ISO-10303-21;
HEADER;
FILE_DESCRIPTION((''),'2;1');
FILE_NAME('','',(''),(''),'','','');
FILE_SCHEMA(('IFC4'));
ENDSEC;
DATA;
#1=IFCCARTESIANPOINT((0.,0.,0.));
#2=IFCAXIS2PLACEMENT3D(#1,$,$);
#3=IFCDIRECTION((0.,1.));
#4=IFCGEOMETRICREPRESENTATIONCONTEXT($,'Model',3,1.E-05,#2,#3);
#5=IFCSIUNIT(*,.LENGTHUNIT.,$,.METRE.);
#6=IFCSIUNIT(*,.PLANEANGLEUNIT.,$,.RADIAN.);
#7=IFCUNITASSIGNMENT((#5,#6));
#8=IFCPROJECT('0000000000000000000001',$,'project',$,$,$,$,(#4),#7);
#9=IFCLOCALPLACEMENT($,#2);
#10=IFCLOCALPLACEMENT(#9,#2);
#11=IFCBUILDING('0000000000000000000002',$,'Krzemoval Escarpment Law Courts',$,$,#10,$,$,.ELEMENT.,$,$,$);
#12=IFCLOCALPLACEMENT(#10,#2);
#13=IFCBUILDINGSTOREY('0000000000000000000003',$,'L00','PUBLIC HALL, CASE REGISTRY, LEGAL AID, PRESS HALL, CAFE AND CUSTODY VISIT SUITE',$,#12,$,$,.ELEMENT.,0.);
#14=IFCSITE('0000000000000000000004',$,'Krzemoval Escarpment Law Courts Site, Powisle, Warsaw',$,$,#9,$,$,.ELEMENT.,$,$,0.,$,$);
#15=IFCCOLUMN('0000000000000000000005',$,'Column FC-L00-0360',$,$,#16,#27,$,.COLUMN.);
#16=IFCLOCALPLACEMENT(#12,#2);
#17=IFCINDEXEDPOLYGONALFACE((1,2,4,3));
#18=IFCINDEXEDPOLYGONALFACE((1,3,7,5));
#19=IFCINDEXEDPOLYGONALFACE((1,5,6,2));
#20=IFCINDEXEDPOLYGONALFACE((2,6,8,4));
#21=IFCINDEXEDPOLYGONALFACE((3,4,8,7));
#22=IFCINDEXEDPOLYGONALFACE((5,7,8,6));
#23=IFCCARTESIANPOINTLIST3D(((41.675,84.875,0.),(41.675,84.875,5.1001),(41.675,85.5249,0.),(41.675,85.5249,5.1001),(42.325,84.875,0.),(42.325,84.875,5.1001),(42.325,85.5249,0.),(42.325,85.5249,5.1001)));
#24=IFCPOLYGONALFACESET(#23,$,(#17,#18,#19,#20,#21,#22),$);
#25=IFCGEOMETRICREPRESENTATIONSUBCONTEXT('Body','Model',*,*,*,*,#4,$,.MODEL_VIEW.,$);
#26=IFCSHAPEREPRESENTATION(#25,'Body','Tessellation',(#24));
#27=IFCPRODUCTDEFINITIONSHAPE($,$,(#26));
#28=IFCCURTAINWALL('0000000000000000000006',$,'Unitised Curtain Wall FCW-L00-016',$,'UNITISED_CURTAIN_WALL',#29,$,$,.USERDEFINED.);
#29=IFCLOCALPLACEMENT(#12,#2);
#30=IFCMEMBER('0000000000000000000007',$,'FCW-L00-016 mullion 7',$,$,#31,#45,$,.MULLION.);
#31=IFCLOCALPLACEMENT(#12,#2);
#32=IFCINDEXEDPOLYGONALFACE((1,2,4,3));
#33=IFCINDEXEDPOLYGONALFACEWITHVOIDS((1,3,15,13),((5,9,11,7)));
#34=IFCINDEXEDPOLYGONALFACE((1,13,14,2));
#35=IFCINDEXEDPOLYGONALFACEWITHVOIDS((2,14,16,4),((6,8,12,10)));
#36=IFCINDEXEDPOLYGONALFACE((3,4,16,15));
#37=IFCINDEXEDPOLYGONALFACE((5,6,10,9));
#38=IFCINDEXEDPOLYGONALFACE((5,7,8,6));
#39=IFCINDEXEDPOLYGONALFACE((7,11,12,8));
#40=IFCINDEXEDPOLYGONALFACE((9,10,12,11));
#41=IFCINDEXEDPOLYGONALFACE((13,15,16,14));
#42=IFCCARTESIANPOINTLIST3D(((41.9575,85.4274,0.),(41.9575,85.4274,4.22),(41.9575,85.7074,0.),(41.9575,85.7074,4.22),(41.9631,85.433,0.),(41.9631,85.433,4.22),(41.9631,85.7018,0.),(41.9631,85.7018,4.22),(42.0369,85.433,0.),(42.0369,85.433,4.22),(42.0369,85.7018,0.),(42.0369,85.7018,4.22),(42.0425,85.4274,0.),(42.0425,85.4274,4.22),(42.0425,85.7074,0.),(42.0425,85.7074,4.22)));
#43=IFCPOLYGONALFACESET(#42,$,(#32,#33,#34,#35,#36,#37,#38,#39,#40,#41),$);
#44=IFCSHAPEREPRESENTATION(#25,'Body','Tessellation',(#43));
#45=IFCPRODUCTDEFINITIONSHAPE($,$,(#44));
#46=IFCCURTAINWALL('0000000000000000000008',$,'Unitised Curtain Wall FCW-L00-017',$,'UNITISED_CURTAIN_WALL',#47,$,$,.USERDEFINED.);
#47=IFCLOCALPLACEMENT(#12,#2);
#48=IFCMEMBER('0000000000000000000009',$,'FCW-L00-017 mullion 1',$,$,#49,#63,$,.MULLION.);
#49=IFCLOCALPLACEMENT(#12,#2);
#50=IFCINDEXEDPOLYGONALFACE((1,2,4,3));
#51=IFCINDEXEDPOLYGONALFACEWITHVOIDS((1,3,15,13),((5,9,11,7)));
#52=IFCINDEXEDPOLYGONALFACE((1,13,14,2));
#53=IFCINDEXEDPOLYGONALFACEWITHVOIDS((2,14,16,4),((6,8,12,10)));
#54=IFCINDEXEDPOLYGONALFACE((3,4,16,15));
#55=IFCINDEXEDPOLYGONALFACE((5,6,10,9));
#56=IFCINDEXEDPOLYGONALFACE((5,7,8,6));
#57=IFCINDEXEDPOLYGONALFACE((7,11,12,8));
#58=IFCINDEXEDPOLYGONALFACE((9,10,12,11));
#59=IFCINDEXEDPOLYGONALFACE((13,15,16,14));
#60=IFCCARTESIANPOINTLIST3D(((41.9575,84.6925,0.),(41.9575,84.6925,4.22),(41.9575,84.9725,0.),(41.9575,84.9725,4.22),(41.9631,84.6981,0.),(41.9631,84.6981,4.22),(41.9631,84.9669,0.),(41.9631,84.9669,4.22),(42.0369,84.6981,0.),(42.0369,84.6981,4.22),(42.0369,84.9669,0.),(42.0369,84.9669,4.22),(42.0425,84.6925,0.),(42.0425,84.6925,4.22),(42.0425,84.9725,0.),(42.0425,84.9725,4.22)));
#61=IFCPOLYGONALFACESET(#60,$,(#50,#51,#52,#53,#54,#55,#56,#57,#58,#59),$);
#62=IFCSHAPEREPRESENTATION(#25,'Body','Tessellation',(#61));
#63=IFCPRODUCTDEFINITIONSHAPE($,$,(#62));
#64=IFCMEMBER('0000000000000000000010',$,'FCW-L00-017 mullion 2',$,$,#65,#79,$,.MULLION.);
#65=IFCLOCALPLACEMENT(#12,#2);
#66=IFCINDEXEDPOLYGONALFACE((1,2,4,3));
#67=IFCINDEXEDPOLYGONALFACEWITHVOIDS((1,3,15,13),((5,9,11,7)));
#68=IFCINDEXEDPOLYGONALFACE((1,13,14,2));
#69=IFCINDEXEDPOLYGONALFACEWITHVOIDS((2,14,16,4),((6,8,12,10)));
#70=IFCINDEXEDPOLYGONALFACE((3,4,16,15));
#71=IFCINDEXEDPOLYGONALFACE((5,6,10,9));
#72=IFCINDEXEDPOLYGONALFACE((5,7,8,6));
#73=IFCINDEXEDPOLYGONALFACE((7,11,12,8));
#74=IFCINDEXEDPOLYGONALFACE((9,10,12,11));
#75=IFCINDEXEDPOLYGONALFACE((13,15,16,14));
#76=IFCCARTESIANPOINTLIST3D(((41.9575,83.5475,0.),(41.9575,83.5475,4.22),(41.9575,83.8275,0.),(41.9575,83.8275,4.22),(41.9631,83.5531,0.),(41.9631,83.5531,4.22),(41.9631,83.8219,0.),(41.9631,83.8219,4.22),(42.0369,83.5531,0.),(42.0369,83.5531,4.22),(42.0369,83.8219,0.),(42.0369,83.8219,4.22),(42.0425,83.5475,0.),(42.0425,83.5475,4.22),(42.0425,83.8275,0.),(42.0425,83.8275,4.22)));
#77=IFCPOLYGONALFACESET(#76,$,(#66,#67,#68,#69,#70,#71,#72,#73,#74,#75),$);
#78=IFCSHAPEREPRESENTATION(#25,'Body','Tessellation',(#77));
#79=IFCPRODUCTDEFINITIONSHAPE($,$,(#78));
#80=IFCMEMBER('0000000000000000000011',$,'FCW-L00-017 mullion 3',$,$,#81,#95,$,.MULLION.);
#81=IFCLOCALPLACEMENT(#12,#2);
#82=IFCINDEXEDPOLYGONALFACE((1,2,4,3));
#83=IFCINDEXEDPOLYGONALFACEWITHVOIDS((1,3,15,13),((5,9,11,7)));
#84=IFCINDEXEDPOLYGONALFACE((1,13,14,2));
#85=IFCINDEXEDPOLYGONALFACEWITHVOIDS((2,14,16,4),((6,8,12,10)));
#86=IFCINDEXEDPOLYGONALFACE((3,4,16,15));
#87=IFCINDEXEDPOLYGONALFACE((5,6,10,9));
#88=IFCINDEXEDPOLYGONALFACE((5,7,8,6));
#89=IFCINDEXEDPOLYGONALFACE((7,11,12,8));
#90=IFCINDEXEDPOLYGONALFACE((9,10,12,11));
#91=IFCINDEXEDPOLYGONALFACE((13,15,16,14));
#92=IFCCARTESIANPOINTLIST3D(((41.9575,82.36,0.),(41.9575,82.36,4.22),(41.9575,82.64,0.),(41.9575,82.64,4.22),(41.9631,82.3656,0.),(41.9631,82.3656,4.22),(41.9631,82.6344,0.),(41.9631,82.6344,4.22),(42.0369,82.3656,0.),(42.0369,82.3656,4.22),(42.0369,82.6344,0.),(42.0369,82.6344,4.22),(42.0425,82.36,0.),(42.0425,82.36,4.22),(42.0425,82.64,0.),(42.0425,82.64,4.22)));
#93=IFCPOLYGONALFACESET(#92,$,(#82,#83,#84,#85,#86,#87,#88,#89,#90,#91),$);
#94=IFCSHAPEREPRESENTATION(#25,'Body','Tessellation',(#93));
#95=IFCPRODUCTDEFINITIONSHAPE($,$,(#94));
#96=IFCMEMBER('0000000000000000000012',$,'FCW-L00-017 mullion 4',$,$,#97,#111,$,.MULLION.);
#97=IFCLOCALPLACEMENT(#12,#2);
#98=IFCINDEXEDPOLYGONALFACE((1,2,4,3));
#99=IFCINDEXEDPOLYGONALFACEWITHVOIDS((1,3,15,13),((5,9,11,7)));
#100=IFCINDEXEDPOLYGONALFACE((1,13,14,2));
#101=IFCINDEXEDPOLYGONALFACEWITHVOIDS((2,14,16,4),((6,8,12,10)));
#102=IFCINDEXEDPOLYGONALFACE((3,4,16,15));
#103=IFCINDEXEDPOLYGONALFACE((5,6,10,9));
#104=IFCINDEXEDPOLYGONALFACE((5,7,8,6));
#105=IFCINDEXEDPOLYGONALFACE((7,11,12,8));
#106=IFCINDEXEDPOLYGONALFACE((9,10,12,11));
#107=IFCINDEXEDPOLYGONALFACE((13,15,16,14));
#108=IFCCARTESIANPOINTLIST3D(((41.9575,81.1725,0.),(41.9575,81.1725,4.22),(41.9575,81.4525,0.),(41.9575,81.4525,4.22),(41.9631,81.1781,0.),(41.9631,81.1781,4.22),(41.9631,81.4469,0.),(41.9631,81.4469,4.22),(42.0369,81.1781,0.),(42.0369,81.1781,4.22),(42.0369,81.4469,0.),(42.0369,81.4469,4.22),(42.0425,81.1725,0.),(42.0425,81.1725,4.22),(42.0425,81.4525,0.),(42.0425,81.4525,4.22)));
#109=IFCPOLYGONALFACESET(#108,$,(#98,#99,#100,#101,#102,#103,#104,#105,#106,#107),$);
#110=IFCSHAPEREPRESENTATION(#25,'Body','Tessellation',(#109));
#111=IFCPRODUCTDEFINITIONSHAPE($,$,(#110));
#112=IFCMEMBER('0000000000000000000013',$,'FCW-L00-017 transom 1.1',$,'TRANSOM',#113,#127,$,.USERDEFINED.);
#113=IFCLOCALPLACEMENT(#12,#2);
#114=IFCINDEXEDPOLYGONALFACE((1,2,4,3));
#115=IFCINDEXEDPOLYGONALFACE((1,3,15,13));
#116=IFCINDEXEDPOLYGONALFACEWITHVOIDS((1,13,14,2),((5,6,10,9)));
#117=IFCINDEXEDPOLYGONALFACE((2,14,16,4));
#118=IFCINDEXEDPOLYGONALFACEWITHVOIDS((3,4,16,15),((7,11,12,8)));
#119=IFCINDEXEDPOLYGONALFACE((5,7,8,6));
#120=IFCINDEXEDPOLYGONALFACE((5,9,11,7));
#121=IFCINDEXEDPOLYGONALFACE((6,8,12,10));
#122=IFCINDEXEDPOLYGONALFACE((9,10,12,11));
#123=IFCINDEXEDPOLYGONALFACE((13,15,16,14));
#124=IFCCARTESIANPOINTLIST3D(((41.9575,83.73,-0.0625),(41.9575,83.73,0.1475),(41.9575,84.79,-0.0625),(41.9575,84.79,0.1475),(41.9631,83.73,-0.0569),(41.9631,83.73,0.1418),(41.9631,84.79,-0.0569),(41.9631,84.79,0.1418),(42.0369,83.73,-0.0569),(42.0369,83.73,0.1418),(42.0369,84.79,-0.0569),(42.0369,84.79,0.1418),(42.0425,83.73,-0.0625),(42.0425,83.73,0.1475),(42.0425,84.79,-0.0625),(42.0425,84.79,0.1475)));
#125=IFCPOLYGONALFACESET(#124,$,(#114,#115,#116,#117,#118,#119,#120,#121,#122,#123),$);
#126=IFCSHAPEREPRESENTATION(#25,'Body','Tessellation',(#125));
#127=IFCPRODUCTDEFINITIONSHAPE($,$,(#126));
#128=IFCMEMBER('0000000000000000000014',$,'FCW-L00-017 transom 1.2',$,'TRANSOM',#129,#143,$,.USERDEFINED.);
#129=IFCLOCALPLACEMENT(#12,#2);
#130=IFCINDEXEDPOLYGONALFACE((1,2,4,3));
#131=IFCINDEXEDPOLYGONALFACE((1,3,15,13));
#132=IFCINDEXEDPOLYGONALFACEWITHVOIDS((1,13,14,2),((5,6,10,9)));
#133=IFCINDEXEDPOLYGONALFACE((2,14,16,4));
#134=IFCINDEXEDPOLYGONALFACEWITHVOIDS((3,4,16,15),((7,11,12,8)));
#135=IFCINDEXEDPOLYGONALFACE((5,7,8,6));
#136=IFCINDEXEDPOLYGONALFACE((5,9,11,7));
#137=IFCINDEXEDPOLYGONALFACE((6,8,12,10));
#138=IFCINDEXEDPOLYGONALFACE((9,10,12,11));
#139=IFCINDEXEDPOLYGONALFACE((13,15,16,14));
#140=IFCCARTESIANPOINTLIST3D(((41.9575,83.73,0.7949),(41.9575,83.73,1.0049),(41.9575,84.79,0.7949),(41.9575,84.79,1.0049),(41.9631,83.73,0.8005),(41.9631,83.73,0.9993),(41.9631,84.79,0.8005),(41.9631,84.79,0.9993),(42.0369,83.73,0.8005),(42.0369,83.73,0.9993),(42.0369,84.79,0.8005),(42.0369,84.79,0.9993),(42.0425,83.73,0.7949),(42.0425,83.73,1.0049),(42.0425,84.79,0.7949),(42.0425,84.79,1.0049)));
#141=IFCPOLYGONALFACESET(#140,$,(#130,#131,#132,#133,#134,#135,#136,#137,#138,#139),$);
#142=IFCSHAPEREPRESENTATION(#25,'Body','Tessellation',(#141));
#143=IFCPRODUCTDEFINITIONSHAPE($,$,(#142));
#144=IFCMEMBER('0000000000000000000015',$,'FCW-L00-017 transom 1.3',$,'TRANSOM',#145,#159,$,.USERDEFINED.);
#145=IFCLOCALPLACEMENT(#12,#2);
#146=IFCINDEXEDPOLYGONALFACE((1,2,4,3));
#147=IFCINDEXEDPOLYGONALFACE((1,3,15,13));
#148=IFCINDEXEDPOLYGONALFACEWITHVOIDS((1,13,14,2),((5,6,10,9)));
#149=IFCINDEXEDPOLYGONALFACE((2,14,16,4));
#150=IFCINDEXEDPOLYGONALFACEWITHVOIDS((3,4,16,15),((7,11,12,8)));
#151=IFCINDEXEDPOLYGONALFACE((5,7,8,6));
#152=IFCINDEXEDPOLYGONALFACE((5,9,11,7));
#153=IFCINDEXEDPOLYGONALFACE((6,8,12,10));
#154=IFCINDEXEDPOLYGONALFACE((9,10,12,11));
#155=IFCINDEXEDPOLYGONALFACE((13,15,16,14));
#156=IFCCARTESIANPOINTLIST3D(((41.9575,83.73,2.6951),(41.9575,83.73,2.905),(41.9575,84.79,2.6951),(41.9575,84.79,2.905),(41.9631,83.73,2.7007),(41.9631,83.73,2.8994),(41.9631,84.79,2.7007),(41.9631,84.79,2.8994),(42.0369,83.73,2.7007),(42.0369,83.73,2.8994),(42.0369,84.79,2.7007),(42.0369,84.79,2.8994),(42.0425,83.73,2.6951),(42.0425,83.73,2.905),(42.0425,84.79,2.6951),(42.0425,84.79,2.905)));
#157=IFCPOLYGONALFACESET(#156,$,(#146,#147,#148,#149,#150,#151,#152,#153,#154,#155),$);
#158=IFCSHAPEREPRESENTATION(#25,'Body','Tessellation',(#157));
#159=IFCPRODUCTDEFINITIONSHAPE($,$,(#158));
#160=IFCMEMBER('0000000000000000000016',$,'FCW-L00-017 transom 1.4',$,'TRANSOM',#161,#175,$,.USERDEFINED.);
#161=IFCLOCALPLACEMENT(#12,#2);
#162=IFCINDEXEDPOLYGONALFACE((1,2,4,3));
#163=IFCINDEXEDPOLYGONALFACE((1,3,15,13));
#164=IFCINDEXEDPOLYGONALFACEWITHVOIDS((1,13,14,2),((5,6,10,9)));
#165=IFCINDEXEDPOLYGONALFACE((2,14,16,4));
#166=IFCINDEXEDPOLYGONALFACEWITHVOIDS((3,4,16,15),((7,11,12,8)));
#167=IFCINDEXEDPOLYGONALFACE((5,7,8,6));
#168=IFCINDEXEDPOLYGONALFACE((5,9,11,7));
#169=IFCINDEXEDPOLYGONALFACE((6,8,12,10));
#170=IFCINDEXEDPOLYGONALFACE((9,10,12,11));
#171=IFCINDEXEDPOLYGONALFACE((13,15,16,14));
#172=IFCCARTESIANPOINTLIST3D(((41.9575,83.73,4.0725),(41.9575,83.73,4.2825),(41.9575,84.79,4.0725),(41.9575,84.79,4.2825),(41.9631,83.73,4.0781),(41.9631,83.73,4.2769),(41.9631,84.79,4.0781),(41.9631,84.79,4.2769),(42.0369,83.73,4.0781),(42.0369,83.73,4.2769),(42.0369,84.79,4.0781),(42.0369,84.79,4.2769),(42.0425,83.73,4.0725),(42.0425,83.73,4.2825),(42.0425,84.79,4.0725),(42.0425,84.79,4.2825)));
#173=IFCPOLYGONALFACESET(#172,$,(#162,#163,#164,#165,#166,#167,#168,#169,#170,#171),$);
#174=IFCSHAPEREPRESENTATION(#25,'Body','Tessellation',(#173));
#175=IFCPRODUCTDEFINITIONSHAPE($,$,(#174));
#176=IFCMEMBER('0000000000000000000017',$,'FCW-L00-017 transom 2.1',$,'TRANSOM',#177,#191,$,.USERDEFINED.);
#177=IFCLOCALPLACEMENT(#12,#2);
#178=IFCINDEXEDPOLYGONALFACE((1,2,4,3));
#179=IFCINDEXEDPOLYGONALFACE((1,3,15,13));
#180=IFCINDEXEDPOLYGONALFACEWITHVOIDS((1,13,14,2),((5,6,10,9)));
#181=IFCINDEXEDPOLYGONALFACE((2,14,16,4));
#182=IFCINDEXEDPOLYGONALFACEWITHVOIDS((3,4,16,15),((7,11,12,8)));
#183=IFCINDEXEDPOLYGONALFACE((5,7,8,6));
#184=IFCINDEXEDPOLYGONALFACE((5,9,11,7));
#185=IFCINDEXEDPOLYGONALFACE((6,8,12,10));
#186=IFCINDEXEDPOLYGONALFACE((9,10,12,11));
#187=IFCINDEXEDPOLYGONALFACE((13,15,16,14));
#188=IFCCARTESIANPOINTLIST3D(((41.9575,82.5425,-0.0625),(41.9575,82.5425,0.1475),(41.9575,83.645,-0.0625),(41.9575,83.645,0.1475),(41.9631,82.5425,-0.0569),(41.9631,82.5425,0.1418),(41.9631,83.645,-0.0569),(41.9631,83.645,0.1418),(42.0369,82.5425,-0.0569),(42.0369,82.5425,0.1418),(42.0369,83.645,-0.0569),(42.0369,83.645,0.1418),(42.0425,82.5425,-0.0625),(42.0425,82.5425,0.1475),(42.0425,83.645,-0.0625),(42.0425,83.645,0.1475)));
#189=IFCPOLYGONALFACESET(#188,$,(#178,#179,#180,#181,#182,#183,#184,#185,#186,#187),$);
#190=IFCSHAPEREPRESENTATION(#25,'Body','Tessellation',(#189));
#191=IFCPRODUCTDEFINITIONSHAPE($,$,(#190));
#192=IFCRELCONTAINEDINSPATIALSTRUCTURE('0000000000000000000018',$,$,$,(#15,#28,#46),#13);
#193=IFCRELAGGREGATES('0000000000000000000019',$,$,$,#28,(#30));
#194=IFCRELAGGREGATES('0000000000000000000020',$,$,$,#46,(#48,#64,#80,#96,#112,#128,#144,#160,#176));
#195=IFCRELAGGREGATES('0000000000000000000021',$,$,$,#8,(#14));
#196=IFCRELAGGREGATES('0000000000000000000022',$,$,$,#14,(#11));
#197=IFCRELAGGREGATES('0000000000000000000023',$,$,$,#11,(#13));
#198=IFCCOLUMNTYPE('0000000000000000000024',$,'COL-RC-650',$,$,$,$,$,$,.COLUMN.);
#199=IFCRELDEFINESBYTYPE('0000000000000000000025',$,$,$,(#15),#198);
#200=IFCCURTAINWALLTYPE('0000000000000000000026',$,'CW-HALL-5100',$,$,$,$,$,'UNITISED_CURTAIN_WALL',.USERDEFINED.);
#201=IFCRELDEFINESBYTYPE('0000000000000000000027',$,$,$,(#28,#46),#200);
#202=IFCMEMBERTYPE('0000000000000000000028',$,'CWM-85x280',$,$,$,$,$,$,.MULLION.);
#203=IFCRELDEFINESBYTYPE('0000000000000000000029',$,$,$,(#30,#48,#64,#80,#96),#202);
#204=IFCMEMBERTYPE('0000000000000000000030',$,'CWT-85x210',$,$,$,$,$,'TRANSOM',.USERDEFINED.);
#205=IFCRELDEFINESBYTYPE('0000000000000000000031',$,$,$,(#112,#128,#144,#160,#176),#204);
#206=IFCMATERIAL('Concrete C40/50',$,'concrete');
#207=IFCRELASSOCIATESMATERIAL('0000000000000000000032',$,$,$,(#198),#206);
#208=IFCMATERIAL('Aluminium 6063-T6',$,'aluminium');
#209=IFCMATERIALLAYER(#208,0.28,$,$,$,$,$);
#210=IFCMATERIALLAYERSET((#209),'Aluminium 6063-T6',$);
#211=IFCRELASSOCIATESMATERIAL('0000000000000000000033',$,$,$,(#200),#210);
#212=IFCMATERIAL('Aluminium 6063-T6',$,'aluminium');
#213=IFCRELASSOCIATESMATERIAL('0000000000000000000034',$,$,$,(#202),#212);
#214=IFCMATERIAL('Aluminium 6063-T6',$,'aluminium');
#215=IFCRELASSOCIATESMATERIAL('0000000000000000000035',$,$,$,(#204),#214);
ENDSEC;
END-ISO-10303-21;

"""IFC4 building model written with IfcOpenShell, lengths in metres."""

from ifc_helpers import new_model, si_unit, direction, frame, origin, origin_2d, place, context, subcontext, project, spatial, rectangle, hollow_rectangle, extrude, material, layer, layer_set, material_profile, profile_set, type_object, element, aggregate, save


model = new_model("IFC4")

# Units and contexts
model_context = context("Model", 3, precision=1e-05, world=origin(), true_north=direction((0.0, 1.0)))
body_context = subcontext(model_context, "Body", "Model", "MODEL_VIEW")
ifc_project = project(units=[si_unit("LENGTHUNIT", "METRE"), si_unit("PLANEANGLEUNIT", "RADIAN")], contexts=[model_context])

# Site, building, storey
site_placement = place(None, origin())
site = spatial("IfcSite", under=ifc_project, at=site_placement, Name="Krzemoval Escarpment Law Courts Site, Powisle, Warsaw", CompositionType="ELEMENT", RefElevation=0.0)
building_placement = place(site_placement, origin())
building = spatial("IfcBuilding", under=site, at=building_placement, Name="Krzemoval Escarpment Law Courts", CompositionType="ELEMENT")
storey_placement = place(building_placement, origin())
storey = spatial("IfcBuildingStorey", under=building, at=storey_placement, Name="L00", Description="PUBLIC HALL, CASE REGISTRY, LEGAL AID, PRESS HALL, CAFE AND CUSTODY VISIT SUITE", CompositionType="ELEMENT", Elevation=0.0)

# Column
ifc_material_1 = material(Name="Concrete C40/50", Category="concrete")
ifc_material_profile_1 = material_profile(ifc_material_1, rectangle(XDim=0.6499, YDim=0.6499, at=origin_2d()), Name="RC 650x650")
ifc_profile_set_1 = profile_set([ifc_material_profile_1], Name="Concrete C40/50")
column_type = type_object("IfcColumnType", Name="COL-RC-650", PredefinedType="COLUMN", material=ifc_profile_set_1)
column_placement = place(storey_placement, frame((42.0, 85.2, 0.0), z_axis=(0.0, 0.0, 1.0), x_axis=(1.0, 0.0, 0.0)))
element("IfcColumn", 1, at=column_placement, inside=storey, type_object=column_type, Name="Column FC-L00-0360", PredefinedType="COLUMN", context=body_context, shape_type="SweptSolid", body=[
    extrude(rectangle(XDim=0.6499, YDim=0.6499, at=origin_2d()), origin(), (0.0, 0.0, 1.0), 5.1001),
])

# Curtain wall, member
ifc_material_2 = material(Name="Aluminium 6063-T6", Category="aluminium")
ifc_layer_1 = layer(ifc_material_2, 0.28)
ifc_layer_set_1 = layer_set([ifc_layer_1], Name="Aluminium 6063-T6")
curtain_wall_type = type_object("IfcCurtainWallType", Name="CW-HALL-5100", ElementType="UNITISED_CURTAIN_WALL", PredefinedType="USERDEFINED", material=ifc_layer_set_1)
curtain_wall_1_placement = place(storey_placement, origin())
curtain_wall_1 = element("IfcCurtainWall", 2, at=curtain_wall_1_placement, inside=storey, type_object=curtain_wall_type, Name="Unitised Curtain Wall FCW-L00-016", ObjectType="UNITISED_CURTAIN_WALL", PredefinedType="USERDEFINED")
ifc_material_3 = material(Name="Aluminium 6063-T6", Category="aluminium")
ifc_material_profile_2 = material_profile(ifc_material_3, hollow_rectangle(XDim=0.085, YDim=0.28, WallThickness=0.0056, at=origin_2d()), Name="ALU M85x280")
ifc_profile_set_2 = profile_set([ifc_material_profile_2], Name="Aluminium 6063-T6")
member_type_1 = type_object("IfcMemberType", Name="CWM-85x280", PredefinedType="MULLION", material=ifc_profile_set_2)
member_1_placement = place(storey_placement, frame((42.0, 85.5674, 0.0), z_axis=(0.0, 0.0, 1.0), x_axis=(1.0, 0.0, 0.0)))
member_1 = element("IfcMember", 3, at=member_1_placement, type_object=member_type_1, Name="FCW-L00-016 mullion 7", PredefinedType="MULLION", context=body_context, shape_type="SweptSolid", body=[
    extrude(hollow_rectangle(XDim=0.085, YDim=0.28, WallThickness=0.0056, at=origin_2d()), origin(), (0.0, 0.0, 1.0), 4.22),
])

# Curtain wall, members
curtain_wall_2_placement = place(storey_placement, origin())
curtain_wall_2 = element("IfcCurtainWall", 4, at=curtain_wall_2_placement, inside=storey, type_object=curtain_wall_type, Name="Unitised Curtain Wall FCW-L00-017", ObjectType="UNITISED_CURTAIN_WALL", PredefinedType="USERDEFINED")
member_2_placement = place(storey_placement, frame((42.0, 84.8325, 0.0), z_axis=(0.0, 0.0, 1.0), x_axis=(1.0, 0.0, 0.0)))
member_2 = element("IfcMember", 5, at=member_2_placement, type_object=member_type_1, Name="FCW-L00-017 mullion 1", PredefinedType="MULLION", context=body_context, shape_type="SweptSolid", body=[
    extrude(hollow_rectangle(XDim=0.085, YDim=0.28, WallThickness=0.0056, at=origin_2d()), origin(), (0.0, 0.0, 1.0), 4.22),
])
member_3_placement = place(storey_placement, frame((42.0, 83.6875, 0.0), z_axis=(0.0, 0.0, 1.0), x_axis=(1.0, 0.0, 0.0)))
member_3 = element("IfcMember", 6, at=member_3_placement, type_object=member_type_1, Name="FCW-L00-017 mullion 2", PredefinedType="MULLION", context=body_context, shape_type="SweptSolid", body=[
    extrude(hollow_rectangle(XDim=0.085, YDim=0.28, WallThickness=0.0056, at=origin_2d()), origin(), (0.0, 0.0, 1.0), 4.22),
])
member_4_placement = place(storey_placement, frame((42.0, 82.5, 0.0), z_axis=(0.0, 0.0, 1.0), x_axis=(1.0, 0.0, 0.0)))
member_4 = element("IfcMember", 7, at=member_4_placement, type_object=member_type_1, Name="FCW-L00-017 mullion 3", PredefinedType="MULLION", context=body_context, shape_type="SweptSolid", body=[
    extrude(hollow_rectangle(XDim=0.085, YDim=0.28, WallThickness=0.0056, at=origin_2d()), origin(), (0.0, 0.0, 1.0), 4.22),
])
member_5_placement = place(storey_placement, frame((42.0, 81.3125, 0.0), z_axis=(0.0, 0.0, 1.0), x_axis=(1.0, 0.0, 0.0)))
member_5 = element("IfcMember", 8, at=member_5_placement, type_object=member_type_1, Name="FCW-L00-017 mullion 4", PredefinedType="MULLION", context=body_context, shape_type="SweptSolid", body=[
    extrude(hollow_rectangle(XDim=0.085, YDim=0.28, WallThickness=0.0056, at=origin_2d()), origin(), (0.0, 0.0, 1.0), 4.22),
])
ifc_material_4 = material(Name="Aluminium 6063-T6", Category="aluminium")
ifc_material_profile_3 = material_profile(ifc_material_4, hollow_rectangle(XDim=0.085, YDim=0.21, WallThickness=0.0056, at=origin_2d()), Name="ALU T85x210")
ifc_profile_set_3 = profile_set([ifc_material_profile_3], Name="Aluminium 6063-T6")
member_type_2 = type_object("IfcMemberType", Name="CWT-85x210", ElementType="TRANSOM", PredefinedType="USERDEFINED", material=ifc_profile_set_3)
member_6_placement = place(storey_placement, frame((42.0, 84.79, 0.0425), z_axis=(0.0, -1.0, 0.0), x_axis=(1.0, 0.0, 0.0)))
member_6 = element("IfcMember", 9, at=member_6_placement, type_object=member_type_2, Name="FCW-L00-017 transom 1.1", ObjectType="TRANSOM", PredefinedType="USERDEFINED", context=body_context, shape_type="SweptSolid", body=[
    extrude(hollow_rectangle(XDim=0.085, YDim=0.21, WallThickness=0.0056, at=origin_2d()), origin(), (0.0, 0.0, 1.0), 1.0601),
])
member_7_placement = place(storey_placement, frame((42.0, 84.79, 0.8999), z_axis=(0.0, -1.0, 0.0), x_axis=(1.0, 0.0, 0.0)))
member_7 = element("IfcMember", 10, at=member_7_placement, type_object=member_type_2, Name="FCW-L00-017 transom 1.2", ObjectType="TRANSOM", PredefinedType="USERDEFINED", context=body_context, shape_type="SweptSolid", body=[
    extrude(hollow_rectangle(XDim=0.085, YDim=0.21, WallThickness=0.0056, at=origin_2d()), origin(), (0.0, 0.0, 1.0), 1.0601),
])
member_8_placement = place(storey_placement, frame((42.0, 84.79, 2.8), z_axis=(0.0, -1.0, 0.0), x_axis=(1.0, 0.0, 0.0)))
member_8 = element("IfcMember", 11, at=member_8_placement, type_object=member_type_2, Name="FCW-L00-017 transom 1.3", ObjectType="TRANSOM", PredefinedType="USERDEFINED", context=body_context, shape_type="SweptSolid", body=[
    extrude(hollow_rectangle(XDim=0.085, YDim=0.21, WallThickness=0.0056, at=origin_2d()), origin(), (0.0, 0.0, 1.0), 1.0601),
])
member_9_placement = place(storey_placement, frame((42.0, 84.79, 4.1775), z_axis=(0.0, -1.0, 0.0), x_axis=(1.0, 0.0, 0.0)))
member_9 = element("IfcMember", 12, at=member_9_placement, type_object=member_type_2, Name="FCW-L00-017 transom 1.4", ObjectType="TRANSOM", PredefinedType="USERDEFINED", context=body_context, shape_type="SweptSolid", body=[
    extrude(hollow_rectangle(XDim=0.085, YDim=0.21, WallThickness=0.0056, at=origin_2d()), origin(), (0.0, 0.0, 1.0), 1.0601),
])
member_10_placement = place(storey_placement, frame((42.0, 83.645, 0.0425), z_axis=(0.0, -1.0, 0.0), x_axis=(1.0, 0.0, 0.0)))
member_10 = element("IfcMember", 13, at=member_10_placement, type_object=member_type_2, Name="FCW-L00-017 transom 2.1", ObjectType="TRANSOM", PredefinedType="USERDEFINED", context=body_context, shape_type="SweptSolid", body=[
    extrude(hollow_rectangle(XDim=0.085, YDim=0.21, WallThickness=0.0056, at=origin_2d()), origin(), (0.0, 0.0, 1.0), 1.1025),
])

aggregate(curtain_wall_1, [member_1])
aggregate(curtain_wall_2, [member_2, member_3, member_4, member_5, member_6, member_7, member_8, member_9, member_10])

save(model, "model.ifc")
